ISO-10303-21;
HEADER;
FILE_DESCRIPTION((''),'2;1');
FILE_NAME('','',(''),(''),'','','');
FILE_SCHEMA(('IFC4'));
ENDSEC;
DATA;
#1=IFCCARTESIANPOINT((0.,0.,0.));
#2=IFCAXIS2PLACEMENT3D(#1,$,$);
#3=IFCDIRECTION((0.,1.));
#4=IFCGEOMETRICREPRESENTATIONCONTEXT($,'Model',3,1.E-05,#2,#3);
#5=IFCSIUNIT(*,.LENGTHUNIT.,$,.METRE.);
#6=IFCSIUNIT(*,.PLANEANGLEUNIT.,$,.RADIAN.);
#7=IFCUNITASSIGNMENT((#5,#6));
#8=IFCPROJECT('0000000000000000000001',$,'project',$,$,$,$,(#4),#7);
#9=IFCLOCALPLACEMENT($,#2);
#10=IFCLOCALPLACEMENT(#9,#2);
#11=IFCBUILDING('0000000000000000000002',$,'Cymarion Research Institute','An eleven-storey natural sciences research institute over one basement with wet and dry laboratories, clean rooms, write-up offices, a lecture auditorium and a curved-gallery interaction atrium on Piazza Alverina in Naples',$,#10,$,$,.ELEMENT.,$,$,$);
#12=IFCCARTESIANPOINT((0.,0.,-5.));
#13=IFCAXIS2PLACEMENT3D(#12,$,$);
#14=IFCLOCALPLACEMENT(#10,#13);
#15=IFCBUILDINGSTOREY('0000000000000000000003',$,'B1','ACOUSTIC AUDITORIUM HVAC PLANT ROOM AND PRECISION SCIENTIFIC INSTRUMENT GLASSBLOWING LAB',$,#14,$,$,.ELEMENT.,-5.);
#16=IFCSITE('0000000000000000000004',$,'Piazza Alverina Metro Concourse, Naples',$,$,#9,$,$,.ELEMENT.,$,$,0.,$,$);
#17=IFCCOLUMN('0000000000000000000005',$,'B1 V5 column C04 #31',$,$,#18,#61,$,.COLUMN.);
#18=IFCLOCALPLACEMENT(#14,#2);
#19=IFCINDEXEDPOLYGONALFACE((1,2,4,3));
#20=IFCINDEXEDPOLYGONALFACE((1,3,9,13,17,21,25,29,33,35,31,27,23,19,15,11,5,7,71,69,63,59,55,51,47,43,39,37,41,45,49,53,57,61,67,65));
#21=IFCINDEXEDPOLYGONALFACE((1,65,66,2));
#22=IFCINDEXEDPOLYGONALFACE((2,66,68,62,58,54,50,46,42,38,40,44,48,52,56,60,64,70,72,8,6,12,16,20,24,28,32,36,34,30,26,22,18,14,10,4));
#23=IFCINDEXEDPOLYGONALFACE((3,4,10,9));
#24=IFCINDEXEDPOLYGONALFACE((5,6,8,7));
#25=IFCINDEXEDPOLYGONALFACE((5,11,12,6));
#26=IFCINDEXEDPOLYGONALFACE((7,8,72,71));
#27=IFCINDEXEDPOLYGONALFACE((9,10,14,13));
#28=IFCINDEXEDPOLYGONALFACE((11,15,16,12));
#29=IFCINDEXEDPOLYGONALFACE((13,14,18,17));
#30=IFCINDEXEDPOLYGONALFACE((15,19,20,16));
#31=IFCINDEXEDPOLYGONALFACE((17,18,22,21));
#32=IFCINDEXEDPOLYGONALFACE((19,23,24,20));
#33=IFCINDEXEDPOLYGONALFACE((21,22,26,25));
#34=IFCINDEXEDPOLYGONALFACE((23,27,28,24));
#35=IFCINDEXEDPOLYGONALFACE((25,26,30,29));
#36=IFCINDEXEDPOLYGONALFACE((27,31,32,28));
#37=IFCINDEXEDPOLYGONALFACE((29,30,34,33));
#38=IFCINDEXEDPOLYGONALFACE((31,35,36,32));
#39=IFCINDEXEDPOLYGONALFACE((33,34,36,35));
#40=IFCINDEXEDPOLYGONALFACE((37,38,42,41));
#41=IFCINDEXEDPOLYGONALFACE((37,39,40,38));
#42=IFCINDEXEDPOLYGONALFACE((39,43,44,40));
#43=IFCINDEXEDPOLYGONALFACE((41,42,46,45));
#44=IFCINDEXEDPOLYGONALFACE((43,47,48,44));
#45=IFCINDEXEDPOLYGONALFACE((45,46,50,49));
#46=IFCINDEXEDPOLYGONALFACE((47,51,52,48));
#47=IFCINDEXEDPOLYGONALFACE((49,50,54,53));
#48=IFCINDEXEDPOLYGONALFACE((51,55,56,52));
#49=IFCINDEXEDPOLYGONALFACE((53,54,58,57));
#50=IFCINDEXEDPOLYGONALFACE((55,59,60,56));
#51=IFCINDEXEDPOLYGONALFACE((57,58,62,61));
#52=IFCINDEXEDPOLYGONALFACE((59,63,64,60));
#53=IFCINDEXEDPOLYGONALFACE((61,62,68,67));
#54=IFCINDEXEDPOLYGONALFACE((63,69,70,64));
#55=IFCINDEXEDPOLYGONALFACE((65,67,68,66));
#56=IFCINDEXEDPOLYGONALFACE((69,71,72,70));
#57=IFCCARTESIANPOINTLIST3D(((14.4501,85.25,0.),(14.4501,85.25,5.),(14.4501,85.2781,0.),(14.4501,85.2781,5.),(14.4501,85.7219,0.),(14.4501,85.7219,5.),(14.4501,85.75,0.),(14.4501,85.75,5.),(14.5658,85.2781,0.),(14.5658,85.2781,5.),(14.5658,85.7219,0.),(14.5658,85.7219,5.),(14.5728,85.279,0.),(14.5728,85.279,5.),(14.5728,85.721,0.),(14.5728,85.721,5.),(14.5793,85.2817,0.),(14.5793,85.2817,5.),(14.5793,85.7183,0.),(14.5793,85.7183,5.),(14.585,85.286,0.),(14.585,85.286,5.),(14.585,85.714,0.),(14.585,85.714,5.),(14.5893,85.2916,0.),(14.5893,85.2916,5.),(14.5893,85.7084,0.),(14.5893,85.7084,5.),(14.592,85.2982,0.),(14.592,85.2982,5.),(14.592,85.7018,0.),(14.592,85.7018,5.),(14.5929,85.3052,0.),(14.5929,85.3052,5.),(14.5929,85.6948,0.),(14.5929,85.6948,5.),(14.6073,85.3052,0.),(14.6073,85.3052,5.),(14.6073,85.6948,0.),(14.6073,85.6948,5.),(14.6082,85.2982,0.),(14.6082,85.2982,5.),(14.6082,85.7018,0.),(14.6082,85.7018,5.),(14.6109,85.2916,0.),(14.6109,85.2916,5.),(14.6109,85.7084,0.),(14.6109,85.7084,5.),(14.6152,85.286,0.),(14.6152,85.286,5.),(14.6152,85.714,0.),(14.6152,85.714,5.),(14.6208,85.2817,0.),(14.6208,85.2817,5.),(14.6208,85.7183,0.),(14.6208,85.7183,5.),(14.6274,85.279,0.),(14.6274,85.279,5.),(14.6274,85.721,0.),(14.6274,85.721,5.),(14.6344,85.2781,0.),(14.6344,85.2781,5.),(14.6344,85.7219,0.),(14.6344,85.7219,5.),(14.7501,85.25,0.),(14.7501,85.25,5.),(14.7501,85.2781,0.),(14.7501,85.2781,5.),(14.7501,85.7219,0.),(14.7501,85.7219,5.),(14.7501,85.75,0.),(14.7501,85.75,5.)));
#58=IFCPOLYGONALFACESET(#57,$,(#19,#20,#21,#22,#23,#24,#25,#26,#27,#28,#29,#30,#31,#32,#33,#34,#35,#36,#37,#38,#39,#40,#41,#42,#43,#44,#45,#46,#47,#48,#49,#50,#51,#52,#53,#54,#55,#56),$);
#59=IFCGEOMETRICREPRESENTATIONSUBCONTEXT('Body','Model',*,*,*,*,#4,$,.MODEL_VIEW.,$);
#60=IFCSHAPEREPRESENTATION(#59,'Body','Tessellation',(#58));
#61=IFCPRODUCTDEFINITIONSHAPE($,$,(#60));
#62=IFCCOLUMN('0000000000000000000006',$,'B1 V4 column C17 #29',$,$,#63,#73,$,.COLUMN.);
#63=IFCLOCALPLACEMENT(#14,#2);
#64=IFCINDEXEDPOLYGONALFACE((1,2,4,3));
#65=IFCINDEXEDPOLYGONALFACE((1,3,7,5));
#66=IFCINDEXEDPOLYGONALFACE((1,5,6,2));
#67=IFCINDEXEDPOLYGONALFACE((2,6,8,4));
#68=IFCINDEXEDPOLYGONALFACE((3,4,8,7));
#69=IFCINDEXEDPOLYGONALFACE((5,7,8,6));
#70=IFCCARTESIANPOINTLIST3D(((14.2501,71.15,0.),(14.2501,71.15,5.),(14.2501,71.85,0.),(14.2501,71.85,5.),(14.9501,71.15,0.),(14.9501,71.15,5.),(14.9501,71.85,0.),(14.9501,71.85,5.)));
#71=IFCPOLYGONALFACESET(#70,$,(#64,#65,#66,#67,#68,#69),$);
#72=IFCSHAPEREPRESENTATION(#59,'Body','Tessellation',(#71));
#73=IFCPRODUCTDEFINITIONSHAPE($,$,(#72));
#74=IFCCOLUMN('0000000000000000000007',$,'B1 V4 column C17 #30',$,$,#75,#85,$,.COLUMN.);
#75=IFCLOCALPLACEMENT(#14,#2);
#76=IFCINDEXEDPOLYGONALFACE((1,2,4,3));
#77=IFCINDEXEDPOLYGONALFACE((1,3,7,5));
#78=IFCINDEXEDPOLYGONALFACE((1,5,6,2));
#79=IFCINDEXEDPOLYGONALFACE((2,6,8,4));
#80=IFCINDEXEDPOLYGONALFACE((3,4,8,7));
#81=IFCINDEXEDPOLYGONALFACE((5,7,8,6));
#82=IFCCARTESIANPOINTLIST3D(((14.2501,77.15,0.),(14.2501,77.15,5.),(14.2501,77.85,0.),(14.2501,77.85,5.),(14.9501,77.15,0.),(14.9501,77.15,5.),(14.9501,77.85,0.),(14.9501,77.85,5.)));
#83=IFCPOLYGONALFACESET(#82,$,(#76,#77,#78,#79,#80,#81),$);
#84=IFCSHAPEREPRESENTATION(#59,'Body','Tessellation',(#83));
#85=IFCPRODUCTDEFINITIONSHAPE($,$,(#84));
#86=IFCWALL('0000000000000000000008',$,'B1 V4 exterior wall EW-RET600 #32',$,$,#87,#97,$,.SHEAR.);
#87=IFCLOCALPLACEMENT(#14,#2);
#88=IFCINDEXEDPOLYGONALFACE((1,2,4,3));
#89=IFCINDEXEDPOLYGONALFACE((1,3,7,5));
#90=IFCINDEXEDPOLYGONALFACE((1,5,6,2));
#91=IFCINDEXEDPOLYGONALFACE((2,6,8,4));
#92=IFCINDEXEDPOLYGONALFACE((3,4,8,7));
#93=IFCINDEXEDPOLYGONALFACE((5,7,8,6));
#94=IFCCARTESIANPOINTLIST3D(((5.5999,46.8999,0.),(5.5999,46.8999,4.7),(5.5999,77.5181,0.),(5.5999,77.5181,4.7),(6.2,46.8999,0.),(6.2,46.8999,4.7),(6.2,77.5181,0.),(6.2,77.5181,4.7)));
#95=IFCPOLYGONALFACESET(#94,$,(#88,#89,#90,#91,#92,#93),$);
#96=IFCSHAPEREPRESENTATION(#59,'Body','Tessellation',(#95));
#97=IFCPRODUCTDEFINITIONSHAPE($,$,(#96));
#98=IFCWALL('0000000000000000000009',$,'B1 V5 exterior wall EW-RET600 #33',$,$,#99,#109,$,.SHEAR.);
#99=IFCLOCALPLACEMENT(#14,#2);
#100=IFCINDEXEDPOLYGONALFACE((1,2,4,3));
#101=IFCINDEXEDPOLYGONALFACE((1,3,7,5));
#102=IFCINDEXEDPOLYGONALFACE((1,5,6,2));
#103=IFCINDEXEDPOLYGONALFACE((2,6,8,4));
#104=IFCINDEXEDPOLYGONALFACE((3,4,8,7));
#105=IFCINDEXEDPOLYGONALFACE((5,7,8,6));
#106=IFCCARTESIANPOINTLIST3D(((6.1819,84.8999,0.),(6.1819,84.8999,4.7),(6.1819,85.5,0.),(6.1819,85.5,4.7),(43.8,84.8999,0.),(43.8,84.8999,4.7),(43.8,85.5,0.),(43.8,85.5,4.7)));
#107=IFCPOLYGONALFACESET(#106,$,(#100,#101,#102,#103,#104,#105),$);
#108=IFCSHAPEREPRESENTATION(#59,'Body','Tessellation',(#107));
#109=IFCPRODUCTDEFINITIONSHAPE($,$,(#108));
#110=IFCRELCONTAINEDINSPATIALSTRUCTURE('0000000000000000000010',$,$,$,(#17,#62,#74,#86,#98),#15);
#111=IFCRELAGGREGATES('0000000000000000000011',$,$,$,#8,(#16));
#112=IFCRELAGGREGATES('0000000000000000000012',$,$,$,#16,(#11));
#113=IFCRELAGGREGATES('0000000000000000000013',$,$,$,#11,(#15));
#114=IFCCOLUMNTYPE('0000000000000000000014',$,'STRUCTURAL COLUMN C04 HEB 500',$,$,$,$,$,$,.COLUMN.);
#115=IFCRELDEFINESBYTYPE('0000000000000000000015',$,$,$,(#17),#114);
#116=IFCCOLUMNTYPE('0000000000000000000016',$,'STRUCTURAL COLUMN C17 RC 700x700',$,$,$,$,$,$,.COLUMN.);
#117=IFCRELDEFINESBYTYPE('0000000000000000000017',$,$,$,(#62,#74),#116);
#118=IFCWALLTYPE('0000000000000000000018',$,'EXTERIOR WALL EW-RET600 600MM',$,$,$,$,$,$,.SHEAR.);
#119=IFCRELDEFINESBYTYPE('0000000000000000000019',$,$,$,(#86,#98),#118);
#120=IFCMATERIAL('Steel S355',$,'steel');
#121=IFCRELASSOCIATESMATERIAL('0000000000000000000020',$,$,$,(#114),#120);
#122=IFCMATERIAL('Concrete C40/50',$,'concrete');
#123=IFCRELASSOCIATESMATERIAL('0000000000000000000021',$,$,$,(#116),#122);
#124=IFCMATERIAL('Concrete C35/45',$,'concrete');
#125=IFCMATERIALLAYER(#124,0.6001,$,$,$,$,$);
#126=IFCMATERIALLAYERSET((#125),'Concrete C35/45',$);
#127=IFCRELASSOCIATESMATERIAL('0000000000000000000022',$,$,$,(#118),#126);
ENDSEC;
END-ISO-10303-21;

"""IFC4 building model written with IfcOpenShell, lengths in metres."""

from ifc_helpers import new_model, si_unit, direction, frame, frame_2d, origin, origin_2d, place, context, subcontext, project, spatial, rectangle, i_section, extrude, material, layer, layer_set, material_profile, profile_set, type_object, element, save


model = new_model("IFC4")

# Units and contexts
model_context = context("Model", 3, precision=1e-05, world=origin(), true_north=direction((0.0, 1.0)))
body_context = subcontext(model_context, "Body", "Model", "MODEL_VIEW")
ifc_project = project(units=[si_unit("LENGTHUNIT", "METRE"), si_unit("PLANEANGLEUNIT", "RADIAN")], contexts=[model_context])

# Site, building, storey
site_placement = place(None, origin())
site = spatial("IfcSite", under=ifc_project, at=site_placement, Name="Piazza Alverina Metro Concourse, Naples", CompositionType="ELEMENT", RefElevation=0.0)
building_placement = place(site_placement, origin())
building = spatial("IfcBuilding", under=site, at=building_placement, Name="Cymarion Research Institute", Description="An eleven-storey natural sciences research institute over one basement with wet and dry laboratories, clean rooms, write-up offices, a lecture auditorium and a curved-gallery interaction atrium on Piazza Alverina in Naples", CompositionType="ELEMENT")
storey_placement = place(building_placement, frame((0.0, 0.0, -5.0)))
storey = spatial("IfcBuildingStorey", under=building, at=storey_placement, Name="B1", Description="ACOUSTIC AUDITORIUM HVAC PLANT ROOM AND PRECISION SCIENTIFIC INSTRUMENT GLASSBLOWING LAB", CompositionType="ELEMENT", Elevation=-5.0)

# Shared definitions
ifc_material_1 = material(Name="Concrete C35/45", Category="concrete")

# Columns
ifc_material_2 = material(Name="Steel S355", Category="steel")
ifc_material_profile_1 = material_profile(ifc_material_2, i_section(OverallWidth=0.3, OverallDepth=0.5, WebThickness=0.0144, FlangeThickness=0.0281, FilletRadius=0.0271, at=origin_2d()), Name="HEB 500")
ifc_profile_set_1 = profile_set([ifc_material_profile_1], Name="Steel S355")
column_type_1 = type_object("IfcColumnType", Name="STRUCTURAL COLUMN C04 HEB 500", PredefinedType="COLUMN", material=ifc_profile_set_1)
for number, where, z_axis, x_axis, name in (
    (1, (14.6001, 85.5, 0.0), (0.0, 0.0, 1.0), (1.0, 0.0, 0.0), "B1 V5 column C04 #31"),
):
    element("IfcColumn", number, at=place(storey_placement, frame(where, z_axis=z_axis, x_axis=x_axis)), inside=storey, type_object=column_type_1, Name=name, PredefinedType="COLUMN", context=body_context, shape_type="SweptSolid", body=[
        extrude(i_section(OverallWidth=0.3, OverallDepth=0.5, WebThickness=0.0144, FlangeThickness=0.0281, FilletRadius=0.0271, at=origin_2d()), origin(), (0.0, 0.0, 1.0), 5.0),
    ])
ifc_material_3 = material(Name="Concrete C40/50", Category="concrete")
ifc_material_profile_2 = material_profile(ifc_material_3, rectangle(XDim=0.7, YDim=0.7, at=origin_2d()), Name="RC 700x700")
ifc_profile_set_2 = profile_set([ifc_material_profile_2], Name="Concrete C40/50")
column_type_2 = type_object("IfcColumnType", Name="STRUCTURAL COLUMN C17 RC 700x700", PredefinedType="COLUMN", material=ifc_profile_set_2)
for number, where, z_axis, x_axis, name in (
    (2, (14.6001, 71.5, 0.0), (0.0, 0.0, 1.0), (1.0, 0.0, 0.0), "B1 V4 column C17 #29"),
    (3, (14.6001, 77.5, 0.0), (0.0, 0.0, 1.0), (1.0, 0.0, 0.0), "B1 V4 column C17 #30"),
):
    element("IfcColumn", number, at=place(storey_placement, frame(where, z_axis=z_axis, x_axis=x_axis)), inside=storey, type_object=column_type_2, Name=name, PredefinedType="COLUMN", context=body_context, shape_type="SweptSolid", body=[
        extrude(rectangle(XDim=0.7, YDim=0.7, at=origin_2d()), origin(), (0.0, 0.0, 1.0), 5.0),
    ])

# Walls
ifc_layer_1 = layer(ifc_material_1, 0.6001)
ifc_layer_set_1 = layer_set([ifc_layer_1], Name="Concrete C35/45")
wall_type = type_object("IfcWallType", Name="EXTERIOR WALL EW-RET600 600MM", PredefinedType="SHEAR", material=ifc_layer_set_1)
wall_1_placement = place(storey_placement, frame((5.8999, 77.5181, 0.0), z_axis=(0.0, 0.0, 1.0), x_axis=(0.0, -1.0, 0.0)))
element("IfcWall", 4, at=wall_1_placement, inside=storey, type_object=wall_type, Name="B1 V4 exterior wall EW-RET600 #32", PredefinedType="SHEAR", context=body_context, shape_type="SweptSolid", body=[
    extrude(rectangle(XDim=30.6182, YDim=0.6001, at=frame_2d((15.3091, 0.0))), origin(), (0.0, 0.0, 1.0), 4.7),
])
wall_2_placement = place(storey_placement, frame((6.1819, 85.2, 0.0), z_axis=(0.0, 0.0, 1.0), x_axis=(1.0, 0.0, 0.0)))
element("IfcWall", 5, at=wall_2_placement, inside=storey, type_object=wall_type, Name="B1 V5 exterior wall EW-RET600 #33", PredefinedType="SHEAR", context=body_context, shape_type="SweptSolid", body=[
    extrude(rectangle(XDim=37.6182, YDim=0.6001, at=frame_2d((18.8091, 0.0))), origin(), (0.0, 0.0, 1.0), 4.7),
])

save(model, "model.ifc")
